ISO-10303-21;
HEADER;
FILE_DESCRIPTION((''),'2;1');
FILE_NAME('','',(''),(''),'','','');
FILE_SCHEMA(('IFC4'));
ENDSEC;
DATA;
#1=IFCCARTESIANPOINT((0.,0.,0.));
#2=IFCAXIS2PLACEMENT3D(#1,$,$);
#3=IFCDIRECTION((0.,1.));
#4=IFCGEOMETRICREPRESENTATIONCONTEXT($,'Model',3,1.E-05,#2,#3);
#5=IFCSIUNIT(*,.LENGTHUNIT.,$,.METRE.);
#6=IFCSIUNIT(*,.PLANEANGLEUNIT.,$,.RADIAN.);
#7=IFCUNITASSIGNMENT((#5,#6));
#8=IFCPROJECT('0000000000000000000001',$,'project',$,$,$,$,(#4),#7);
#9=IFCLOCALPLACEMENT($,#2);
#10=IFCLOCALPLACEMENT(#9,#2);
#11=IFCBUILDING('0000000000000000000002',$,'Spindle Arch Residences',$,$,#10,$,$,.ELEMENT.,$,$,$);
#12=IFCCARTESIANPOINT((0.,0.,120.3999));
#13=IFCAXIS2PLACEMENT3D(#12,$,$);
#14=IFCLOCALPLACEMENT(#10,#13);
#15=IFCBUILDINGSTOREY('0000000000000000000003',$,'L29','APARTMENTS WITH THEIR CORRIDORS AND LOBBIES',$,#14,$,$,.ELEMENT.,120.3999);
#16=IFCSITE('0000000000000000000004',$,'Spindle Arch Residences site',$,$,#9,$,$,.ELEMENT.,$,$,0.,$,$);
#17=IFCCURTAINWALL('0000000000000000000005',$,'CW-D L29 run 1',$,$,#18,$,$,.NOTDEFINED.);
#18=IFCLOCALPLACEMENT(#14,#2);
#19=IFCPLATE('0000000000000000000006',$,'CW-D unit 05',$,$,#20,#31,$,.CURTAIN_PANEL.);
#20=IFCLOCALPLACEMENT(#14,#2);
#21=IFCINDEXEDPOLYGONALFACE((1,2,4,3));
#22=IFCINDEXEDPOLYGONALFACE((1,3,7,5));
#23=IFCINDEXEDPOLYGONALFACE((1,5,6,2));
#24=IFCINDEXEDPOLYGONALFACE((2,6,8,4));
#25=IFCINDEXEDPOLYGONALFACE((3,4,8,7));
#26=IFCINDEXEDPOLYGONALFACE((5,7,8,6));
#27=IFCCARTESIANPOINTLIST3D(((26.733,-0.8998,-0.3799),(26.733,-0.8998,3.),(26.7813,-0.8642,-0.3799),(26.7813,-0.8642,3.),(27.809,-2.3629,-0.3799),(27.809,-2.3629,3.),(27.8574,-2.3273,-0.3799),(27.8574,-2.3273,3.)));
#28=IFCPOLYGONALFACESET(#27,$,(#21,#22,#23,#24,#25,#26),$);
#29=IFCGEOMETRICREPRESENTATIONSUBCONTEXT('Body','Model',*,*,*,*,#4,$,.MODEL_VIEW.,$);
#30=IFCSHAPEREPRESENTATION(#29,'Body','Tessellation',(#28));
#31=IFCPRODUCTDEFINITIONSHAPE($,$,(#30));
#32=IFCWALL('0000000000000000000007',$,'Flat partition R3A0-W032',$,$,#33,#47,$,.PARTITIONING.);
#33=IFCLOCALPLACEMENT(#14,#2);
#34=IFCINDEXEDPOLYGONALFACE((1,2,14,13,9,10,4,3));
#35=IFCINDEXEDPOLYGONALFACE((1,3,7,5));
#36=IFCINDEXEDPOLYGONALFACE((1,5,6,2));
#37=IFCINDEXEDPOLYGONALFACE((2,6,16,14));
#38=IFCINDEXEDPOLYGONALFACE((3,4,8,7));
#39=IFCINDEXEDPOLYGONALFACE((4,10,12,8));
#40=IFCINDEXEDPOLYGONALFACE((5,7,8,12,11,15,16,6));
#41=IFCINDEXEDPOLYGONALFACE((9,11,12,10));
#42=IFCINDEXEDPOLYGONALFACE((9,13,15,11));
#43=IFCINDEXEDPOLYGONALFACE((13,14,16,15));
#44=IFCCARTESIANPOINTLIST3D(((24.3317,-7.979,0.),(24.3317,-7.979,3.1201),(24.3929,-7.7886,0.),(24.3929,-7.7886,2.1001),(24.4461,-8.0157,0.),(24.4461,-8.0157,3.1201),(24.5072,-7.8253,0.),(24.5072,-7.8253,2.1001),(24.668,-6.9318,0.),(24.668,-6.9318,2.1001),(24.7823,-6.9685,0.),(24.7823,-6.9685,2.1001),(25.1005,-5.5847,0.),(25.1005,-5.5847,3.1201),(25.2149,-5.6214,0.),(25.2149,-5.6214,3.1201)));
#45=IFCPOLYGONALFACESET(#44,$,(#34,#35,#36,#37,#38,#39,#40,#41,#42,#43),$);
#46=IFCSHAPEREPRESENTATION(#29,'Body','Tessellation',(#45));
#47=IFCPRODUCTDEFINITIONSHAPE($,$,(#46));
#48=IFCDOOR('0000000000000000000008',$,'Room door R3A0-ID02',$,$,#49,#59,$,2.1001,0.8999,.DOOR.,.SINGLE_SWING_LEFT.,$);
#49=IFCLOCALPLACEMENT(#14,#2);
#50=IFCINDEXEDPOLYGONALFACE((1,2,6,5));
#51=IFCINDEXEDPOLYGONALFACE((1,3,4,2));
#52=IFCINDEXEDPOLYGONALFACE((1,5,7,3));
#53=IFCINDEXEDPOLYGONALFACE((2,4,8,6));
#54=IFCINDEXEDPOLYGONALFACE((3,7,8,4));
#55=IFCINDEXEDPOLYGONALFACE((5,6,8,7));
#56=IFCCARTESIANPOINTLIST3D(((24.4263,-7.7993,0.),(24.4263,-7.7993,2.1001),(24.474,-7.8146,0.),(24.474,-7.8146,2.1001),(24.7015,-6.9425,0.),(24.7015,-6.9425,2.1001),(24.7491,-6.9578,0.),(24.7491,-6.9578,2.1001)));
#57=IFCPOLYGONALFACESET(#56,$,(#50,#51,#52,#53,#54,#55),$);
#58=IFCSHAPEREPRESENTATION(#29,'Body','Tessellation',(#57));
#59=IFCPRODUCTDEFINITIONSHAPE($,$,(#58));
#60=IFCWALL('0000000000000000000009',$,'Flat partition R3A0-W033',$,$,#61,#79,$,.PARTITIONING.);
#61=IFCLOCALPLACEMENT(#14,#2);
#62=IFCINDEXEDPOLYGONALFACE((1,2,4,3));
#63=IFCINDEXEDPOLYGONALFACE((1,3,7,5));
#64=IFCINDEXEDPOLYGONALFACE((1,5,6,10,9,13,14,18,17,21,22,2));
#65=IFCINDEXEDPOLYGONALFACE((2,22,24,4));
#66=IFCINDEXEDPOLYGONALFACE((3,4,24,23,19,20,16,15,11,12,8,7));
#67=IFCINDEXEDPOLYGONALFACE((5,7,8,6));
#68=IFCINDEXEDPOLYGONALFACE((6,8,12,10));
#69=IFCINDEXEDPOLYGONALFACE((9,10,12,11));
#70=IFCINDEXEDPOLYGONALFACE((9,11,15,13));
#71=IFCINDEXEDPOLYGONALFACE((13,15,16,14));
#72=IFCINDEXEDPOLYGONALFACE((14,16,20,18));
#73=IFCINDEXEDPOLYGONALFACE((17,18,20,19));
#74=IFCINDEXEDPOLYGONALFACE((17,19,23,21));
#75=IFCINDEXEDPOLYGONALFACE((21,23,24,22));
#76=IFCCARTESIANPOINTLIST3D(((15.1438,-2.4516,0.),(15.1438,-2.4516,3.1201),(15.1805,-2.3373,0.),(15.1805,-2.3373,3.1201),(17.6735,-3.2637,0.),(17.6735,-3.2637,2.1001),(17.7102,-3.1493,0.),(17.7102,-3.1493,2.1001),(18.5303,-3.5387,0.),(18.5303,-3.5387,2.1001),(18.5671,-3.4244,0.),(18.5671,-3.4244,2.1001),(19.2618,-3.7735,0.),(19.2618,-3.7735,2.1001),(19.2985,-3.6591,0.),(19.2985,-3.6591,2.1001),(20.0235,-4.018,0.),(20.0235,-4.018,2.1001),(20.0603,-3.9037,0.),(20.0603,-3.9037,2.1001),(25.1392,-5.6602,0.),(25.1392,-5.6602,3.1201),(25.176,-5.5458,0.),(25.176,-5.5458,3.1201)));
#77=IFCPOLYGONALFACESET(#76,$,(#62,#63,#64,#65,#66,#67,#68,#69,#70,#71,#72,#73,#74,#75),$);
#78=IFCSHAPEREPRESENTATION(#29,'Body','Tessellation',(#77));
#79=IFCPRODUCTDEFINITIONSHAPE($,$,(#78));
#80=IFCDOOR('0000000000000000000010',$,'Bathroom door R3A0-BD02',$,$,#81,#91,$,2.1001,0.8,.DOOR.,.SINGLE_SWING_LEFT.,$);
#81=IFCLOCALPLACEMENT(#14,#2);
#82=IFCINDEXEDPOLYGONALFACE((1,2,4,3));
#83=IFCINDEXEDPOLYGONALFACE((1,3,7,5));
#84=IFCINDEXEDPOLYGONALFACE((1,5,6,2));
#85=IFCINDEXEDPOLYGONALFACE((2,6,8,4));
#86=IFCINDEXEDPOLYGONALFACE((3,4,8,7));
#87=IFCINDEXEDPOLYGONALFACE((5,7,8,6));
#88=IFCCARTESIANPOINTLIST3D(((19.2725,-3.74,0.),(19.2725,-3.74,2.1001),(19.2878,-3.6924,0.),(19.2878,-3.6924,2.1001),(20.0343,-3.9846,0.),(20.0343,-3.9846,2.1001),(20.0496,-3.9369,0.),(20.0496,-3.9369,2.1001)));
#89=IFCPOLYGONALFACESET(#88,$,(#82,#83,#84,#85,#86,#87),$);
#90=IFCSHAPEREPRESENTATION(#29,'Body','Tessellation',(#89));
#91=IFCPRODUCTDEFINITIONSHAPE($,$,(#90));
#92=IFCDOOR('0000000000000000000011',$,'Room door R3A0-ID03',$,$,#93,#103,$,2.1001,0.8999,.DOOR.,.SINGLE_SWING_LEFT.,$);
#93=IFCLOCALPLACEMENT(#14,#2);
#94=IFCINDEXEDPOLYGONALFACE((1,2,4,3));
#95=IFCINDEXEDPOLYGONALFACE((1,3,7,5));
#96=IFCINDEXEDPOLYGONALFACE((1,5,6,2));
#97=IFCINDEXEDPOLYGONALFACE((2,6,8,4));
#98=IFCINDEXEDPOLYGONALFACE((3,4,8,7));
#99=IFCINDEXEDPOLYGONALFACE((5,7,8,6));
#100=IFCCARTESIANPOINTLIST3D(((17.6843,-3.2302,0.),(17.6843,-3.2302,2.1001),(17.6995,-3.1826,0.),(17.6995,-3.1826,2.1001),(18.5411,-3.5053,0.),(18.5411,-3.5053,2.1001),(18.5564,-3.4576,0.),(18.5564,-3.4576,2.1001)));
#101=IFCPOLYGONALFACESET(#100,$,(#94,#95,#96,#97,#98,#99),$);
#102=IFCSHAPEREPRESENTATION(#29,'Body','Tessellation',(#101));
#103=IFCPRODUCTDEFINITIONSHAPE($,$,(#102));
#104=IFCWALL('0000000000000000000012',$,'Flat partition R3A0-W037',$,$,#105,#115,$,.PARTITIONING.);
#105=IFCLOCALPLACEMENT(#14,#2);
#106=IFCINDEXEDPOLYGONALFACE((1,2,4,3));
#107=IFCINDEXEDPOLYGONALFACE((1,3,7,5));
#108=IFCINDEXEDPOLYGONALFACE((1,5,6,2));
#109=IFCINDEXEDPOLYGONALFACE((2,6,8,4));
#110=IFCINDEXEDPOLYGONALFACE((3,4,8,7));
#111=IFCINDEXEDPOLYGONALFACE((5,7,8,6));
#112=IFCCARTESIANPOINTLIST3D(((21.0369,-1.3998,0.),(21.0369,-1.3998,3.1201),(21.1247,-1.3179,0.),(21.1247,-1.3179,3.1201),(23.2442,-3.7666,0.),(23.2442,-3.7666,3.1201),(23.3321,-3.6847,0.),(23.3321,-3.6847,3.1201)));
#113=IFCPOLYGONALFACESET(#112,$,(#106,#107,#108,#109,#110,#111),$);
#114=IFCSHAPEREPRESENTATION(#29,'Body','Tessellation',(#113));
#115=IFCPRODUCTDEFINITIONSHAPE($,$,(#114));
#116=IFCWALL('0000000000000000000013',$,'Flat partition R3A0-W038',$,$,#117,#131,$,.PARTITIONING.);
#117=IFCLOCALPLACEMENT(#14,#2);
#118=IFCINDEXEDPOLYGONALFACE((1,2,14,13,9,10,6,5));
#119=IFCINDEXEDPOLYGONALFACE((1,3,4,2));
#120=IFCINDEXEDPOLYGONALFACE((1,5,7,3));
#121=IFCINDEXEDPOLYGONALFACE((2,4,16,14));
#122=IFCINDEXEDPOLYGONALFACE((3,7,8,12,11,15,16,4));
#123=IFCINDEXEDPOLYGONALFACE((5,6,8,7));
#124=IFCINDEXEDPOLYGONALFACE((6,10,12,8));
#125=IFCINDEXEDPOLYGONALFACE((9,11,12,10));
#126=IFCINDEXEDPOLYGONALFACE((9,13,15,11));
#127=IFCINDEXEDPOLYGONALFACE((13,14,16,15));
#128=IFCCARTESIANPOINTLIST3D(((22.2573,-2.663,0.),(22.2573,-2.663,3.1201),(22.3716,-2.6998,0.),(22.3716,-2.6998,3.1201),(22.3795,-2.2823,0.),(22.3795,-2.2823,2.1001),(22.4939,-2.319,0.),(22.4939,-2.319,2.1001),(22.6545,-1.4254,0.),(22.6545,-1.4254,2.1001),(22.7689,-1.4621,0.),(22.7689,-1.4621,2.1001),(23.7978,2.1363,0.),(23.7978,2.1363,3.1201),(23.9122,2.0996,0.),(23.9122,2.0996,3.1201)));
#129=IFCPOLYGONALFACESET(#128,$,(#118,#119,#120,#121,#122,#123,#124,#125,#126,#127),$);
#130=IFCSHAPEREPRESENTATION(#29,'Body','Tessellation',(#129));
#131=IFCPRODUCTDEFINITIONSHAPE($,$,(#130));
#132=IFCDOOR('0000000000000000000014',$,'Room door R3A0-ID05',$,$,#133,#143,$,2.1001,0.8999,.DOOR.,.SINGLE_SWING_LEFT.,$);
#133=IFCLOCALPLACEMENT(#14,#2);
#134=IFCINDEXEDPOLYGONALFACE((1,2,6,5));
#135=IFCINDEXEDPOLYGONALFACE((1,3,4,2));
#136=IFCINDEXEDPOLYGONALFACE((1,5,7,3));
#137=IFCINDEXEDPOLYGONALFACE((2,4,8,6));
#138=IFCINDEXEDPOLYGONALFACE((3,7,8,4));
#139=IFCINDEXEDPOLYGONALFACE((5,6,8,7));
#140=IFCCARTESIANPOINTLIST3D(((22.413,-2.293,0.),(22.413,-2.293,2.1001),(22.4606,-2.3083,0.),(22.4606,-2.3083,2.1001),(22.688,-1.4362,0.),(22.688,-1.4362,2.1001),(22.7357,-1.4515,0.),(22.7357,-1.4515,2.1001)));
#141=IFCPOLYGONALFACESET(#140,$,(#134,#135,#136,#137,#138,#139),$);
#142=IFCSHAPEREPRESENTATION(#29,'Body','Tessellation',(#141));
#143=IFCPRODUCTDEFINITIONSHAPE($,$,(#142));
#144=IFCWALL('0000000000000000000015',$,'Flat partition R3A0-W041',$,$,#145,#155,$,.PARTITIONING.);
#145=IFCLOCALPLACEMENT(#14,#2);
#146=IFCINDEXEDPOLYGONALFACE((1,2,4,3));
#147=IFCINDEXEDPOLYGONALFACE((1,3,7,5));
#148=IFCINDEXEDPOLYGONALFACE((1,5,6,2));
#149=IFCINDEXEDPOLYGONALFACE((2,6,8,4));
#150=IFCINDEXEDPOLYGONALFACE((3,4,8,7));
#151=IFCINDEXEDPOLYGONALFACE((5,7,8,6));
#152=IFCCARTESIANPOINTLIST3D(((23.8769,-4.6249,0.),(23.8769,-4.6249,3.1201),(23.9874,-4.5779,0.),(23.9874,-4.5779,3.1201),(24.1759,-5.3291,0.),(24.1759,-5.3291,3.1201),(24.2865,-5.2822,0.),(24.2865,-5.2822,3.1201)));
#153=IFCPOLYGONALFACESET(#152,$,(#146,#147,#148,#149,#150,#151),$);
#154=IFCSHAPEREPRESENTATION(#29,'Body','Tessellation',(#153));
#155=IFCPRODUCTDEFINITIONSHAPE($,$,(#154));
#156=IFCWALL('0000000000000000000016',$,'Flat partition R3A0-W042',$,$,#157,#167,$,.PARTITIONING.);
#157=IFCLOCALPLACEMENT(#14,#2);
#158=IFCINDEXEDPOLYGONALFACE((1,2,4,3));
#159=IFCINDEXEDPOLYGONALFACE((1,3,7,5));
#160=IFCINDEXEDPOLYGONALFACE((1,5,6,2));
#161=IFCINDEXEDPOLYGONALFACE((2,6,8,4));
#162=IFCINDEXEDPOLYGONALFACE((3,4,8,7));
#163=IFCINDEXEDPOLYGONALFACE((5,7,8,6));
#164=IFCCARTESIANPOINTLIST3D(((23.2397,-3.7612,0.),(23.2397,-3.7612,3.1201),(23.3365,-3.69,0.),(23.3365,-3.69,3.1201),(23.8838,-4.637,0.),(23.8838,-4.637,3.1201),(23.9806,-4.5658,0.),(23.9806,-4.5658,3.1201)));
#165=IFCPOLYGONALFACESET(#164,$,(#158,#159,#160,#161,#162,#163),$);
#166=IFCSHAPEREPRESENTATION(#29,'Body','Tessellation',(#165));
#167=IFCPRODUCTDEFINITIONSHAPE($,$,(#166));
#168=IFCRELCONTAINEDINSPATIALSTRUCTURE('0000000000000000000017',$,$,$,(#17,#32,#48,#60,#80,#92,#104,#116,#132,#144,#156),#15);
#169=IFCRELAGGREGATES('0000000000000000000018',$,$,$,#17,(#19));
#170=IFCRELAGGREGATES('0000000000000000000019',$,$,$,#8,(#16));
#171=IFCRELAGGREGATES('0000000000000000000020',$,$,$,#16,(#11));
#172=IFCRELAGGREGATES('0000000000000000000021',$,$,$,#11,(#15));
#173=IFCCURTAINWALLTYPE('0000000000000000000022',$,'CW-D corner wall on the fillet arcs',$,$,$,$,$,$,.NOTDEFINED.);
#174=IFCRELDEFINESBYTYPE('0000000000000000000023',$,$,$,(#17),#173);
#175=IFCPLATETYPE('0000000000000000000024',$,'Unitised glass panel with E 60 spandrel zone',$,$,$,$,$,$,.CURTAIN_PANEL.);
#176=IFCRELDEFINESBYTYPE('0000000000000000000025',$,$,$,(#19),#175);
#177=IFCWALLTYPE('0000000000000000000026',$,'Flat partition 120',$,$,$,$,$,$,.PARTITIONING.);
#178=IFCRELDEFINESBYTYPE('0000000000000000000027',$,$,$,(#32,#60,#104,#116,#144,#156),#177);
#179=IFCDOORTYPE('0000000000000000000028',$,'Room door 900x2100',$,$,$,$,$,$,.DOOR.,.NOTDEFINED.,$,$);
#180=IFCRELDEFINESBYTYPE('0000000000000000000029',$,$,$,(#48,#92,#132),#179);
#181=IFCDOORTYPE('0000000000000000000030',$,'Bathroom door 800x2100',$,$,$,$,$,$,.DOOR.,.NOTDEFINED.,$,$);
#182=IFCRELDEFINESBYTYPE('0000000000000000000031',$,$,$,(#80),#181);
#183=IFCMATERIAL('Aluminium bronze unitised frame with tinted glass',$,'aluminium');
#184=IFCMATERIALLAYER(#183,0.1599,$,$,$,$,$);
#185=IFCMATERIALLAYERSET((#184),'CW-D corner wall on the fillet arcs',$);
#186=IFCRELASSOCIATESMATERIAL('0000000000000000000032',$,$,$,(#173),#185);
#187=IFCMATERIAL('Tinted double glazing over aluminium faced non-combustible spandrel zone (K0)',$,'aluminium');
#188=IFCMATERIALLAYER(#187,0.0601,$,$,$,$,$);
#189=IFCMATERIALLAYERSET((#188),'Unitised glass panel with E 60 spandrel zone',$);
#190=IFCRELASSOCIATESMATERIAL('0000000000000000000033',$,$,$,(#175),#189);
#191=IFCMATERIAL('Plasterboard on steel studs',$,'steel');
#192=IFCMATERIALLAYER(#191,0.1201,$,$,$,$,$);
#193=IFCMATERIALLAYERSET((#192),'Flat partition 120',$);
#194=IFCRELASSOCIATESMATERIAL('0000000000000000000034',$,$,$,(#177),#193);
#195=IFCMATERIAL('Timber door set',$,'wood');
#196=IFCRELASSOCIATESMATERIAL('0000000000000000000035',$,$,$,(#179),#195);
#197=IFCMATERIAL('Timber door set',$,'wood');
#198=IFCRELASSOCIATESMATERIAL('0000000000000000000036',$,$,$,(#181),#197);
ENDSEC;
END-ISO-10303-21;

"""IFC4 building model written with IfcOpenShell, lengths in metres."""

from ifc_helpers import new_model, si_unit, direction, frame, frame_2d, origin, origin_2d, place, context, subcontext, project, spatial, rectangle, extrude, material, layer, layer_set, type_object, element, fill, aggregate, save


model = new_model("IFC4")

# Units and contexts
model_context = context("Model", 3, precision=1e-05, world=origin(), true_north=direction((0.0, 1.0)))
body_context = subcontext(model_context, "Body", "Model", "MODEL_VIEW")
ifc_project = project(units=[si_unit("LENGTHUNIT", "METRE"), si_unit("PLANEANGLEUNIT", "RADIAN")], contexts=[model_context])

# Site, building, storey
site_placement = place(None, origin())
site = spatial("IfcSite", under=ifc_project, at=site_placement, Name="Spindle Arch Residences site", CompositionType="ELEMENT", RefElevation=0.0)
building_placement = place(site_placement, origin())
building = spatial("IfcBuilding", under=site, at=building_placement, Name="Spindle Arch Residences", CompositionType="ELEMENT")
storey_placement = place(building_placement, frame((0.0, 0.0, 120.3999)))
storey = spatial("IfcBuildingStorey", under=building, at=storey_placement, Name="L29", Description="APARTMENTS WITH THEIR CORRIDORS AND LOBBIES", CompositionType="ELEMENT", Elevation=120.3999)

# Curtain wall
ifc_material_1 = material(Name="Aluminium bronze unitised frame with tinted glass", Category="aluminium")
ifc_layer_1 = layer(ifc_material_1, 0.1599)
ifc_layer_set_1 = layer_set([ifc_layer_1], Name="CW-D corner wall on the fillet arcs")
curtain_wall_type = type_object("IfcCurtainWallType", Name="CW-D corner wall on the fillet arcs", PredefinedType="NOTDEFINED", material=ifc_layer_set_1)
curtain_wall_placement = place(storey_placement, origin())
curtain_wall = element("IfcCurtainWall", 1, at=curtain_wall_placement, inside=storey, type_object=curtain_wall_type, Name="CW-D L29 run 1", PredefinedType="NOTDEFINED")

# Plate
ifc_material_2 = material(Name="Tinted double glazing over aluminium faced non-combustible spandrel zone (K0)", Category="aluminium")
ifc_layer_2 = layer(ifc_material_2, 0.0601)
ifc_layer_set_2 = layer_set([ifc_layer_2], Name="Unitised glass panel with E 60 spandrel zone")
plate_type = type_object("IfcPlateType", Name="Unitised glass panel with E 60 spandrel zone", PredefinedType="CURTAIN_PANEL", material=ifc_layer_set_2)
plate_1_placement = place(storey_placement, frame((27.2952, -1.6135, -0.3799), z_axis=(0.0, 0.0, 1.0), x_axis=(-0.592482, 0.805584, 0.0)))
plate_1 = element("IfcPlate", 2, at=plate_1_placement, type_object=plate_type, Name="CW-D unit 05", PredefinedType="CURTAIN_PANEL", context=body_context, shape_type="SweptSolid", body=[
    extrude(rectangle(XDim=1.8162, YDim=0.0601, at=origin_2d()), origin(), (0.0, 0.0, 1.0), 3.3799),
])
aggregate(curtain_wall, [plate_1])

# Wall, opening, door
ifc_material_3 = material(Name="Plasterboard on steel studs", Category="steel")
ifc_layer_3 = layer(ifc_material_3, 0.1201)
ifc_layer_set_3 = layer_set([ifc_layer_3], Name="Flat partition 120")
wall_type_1 = type_object("IfcWallType", Name="Flat partition 120", PredefinedType="PARTITIONING", material=ifc_layer_set_3)
wall_1_placement = place(storey_placement, frame((24.3889, -7.9973, 0.0), z_axis=(0.0, 0.0, 1.0), x_axis=(0.305723, 0.95212, 0.0)))
wall_1 = element("IfcWall", 3, at=wall_1_placement, inside=storey, type_object=wall_type_1, Name="Flat partition R3A0-W032", PredefinedType="PARTITIONING", context=body_context, shape_type="SweptSolid", body=[
    extrude(rectangle(XDim=2.5146, YDim=0.1201, at=frame_2d((1.2573, 0.0))), origin(), (0.0, 0.0, 1.0), 3.1201),
])
opening_1_placement = place(wall_1_placement, frame((0.2, 0.0, 0.0)))
opening_1 = element("IfcOpeningElement", 4, at=opening_1_placement, cuts=wall_1, PredefinedType="OPENING", context=body_context, shape_type="SweptSolid", body=[
    extrude(rectangle(XDim=0.8999, YDim=2.1001, at=frame_2d((0.45, 1.05))), frame((0.0, 0.0701, 0.0), z_axis=(0.0, -1.0, 0.0), x_axis=(1.0, 0.0, 0.0)), (0.0, 0.0, 1.0), 0.1401),
])
ifc_material_4 = material(Name="Timber door set", Category="wood")
door_type_1 = type_object("IfcDoorType", Name="Room door 900x2100", OperationType="NOTDEFINED", PredefinedType="DOOR", material=ifc_material_4)
door_1_placement = place(opening_1_placement, origin())
door_1 = element("IfcDoor", 5, at=door_1_placement, inside=storey, type_object=door_type_1, Name="Room door R3A0-ID02", OperationType="SINGLE_SWING_LEFT", OverallHeight=2.1001, OverallWidth=0.8999, PredefinedType="DOOR", context=body_context, shape_type="SweptSolid", body=[
    extrude(rectangle(XDim=0.8999, YDim=2.1001, at=frame_2d((0.45, 1.05))), frame((0.0, 0.0249, 0.0), z_axis=(0.0, -1.0, 0.0), x_axis=(1.0, 0.0, 0.0)), (0.0, 0.0, 1.0), 0.05),
])
fill(opening_1, door_1)

# Wall, openings, doors
wall_2_placement = place(storey_placement, frame((25.1577, -5.603, 0.0), z_axis=(0.0, 0.0, 1.0), x_axis=(-0.952148, 0.305638, 0.0)))
wall_2 = element("IfcWall", 6, at=wall_2_placement, inside=storey, type_object=wall_type_1, Name="Flat partition R3A0-W033", PredefinedType="PARTITIONING", context=body_context, shape_type="SweptSolid", body=[
    extrude(rectangle(XDim=10.4978, YDim=0.1201, at=frame_2d((5.249, 0.0))), origin(), (0.0, 0.0, 1.0), 3.1201),
])
opening_2_placement = place(wall_2_placement, frame((5.373, 0.0, 0.0)))
opening_2 = element("IfcOpeningElement", 7, at=opening_2_placement, cuts=wall_2, PredefinedType="OPENING", context=body_context, shape_type="SweptSolid", body=[
    extrude(rectangle(XDim=0.8, YDim=2.1001, at=frame_2d((0.3999, 1.05))), frame((0.0, 0.0701, 0.0), z_axis=(0.0, -1.0, 0.0), x_axis=(1.0, 0.0, 0.0)), (0.0, 0.0, 1.0), 0.1401),
])
opening_3_placement = place(wall_2_placement, frame((6.9412, 0.0, 0.0)))
opening_3 = element("IfcOpeningElement", 8, at=opening_3_placement, cuts=wall_2, PredefinedType="OPENING", context=body_context, shape_type="SweptSolid", body=[
    extrude(rectangle(XDim=0.8999, YDim=2.1001, at=frame_2d((0.45, 1.05))), frame((0.0, 0.0701, 0.0), z_axis=(0.0, -1.0, 0.0), x_axis=(1.0, 0.0, 0.0)), (0.0, 0.0, 1.0), 0.1401),
])
ifc_material_5 = material(Name="Timber door set", Category="wood")
door_type_2 = type_object("IfcDoorType", Name="Bathroom door 800x2100", OperationType="NOTDEFINED", PredefinedType="DOOR", material=ifc_material_5)
door_2_placement = place(opening_2_placement, origin())
door_2 = element("IfcDoor", 9, at=door_2_placement, inside=storey, type_object=door_type_2, Name="Bathroom door R3A0-BD02", OperationType="SINGLE_SWING_LEFT", OverallHeight=2.1001, OverallWidth=0.8, PredefinedType="DOOR", context=body_context, shape_type="SweptSolid", body=[
    extrude(rectangle(XDim=0.8, YDim=2.1001, at=frame_2d((0.3999, 1.05))), frame((0.0, 0.0249, 0.0), z_axis=(0.0, -1.0, 0.0), x_axis=(1.0, 0.0, 0.0)), (0.0, 0.0, 1.0), 0.05),
])
fill(opening_2, door_2)
door_3_placement = place(opening_3_placement, origin())
door_3 = element("IfcDoor", 10, at=door_3_placement, inside=storey, type_object=door_type_1, Name="Room door R3A0-ID03", OperationType="SINGLE_SWING_LEFT", OverallHeight=2.1001, OverallWidth=0.8999, PredefinedType="DOOR", context=body_context, shape_type="SweptSolid", body=[
    extrude(rectangle(XDim=0.8999, YDim=2.1001, at=frame_2d((0.45, 1.05))), frame((0.0, 0.0249, 0.0), z_axis=(0.0, -1.0, 0.0), x_axis=(1.0, 0.0, 0.0)), (0.0, 0.0, 1.0), 0.05),
])
fill(opening_3, door_3)

# Wall
wall_3_placement = place(storey_placement, frame((21.0808, -1.3589, 0.0), z_axis=(0.0, 0.0, 1.0), x_axis=(0.682047, -0.731309, 0.0)))
element("IfcWall", 11, at=wall_3_placement, inside=storey, type_object=wall_type_1, Name="Flat partition R3A0-W037", PredefinedType="PARTITIONING", context=body_context, shape_type="SweptSolid", body=[
    extrude(rectangle(XDim=3.2363, YDim=0.1201, at=frame_2d((1.6182, 0.0))), origin(), (0.0, 0.0, 1.0), 3.1201),
])

# Wall, opening, door
wall_4_placement = place(storey_placement, frame((22.3145, -2.6814, 0.0), z_axis=(0.0, 0.0, 1.0), x_axis=(0.30563, 0.95215, 0.0)))
wall_4 = element("IfcWall", 12, at=wall_4_placement, inside=storey, type_object=wall_type_1, Name="Flat partition R3A0-W038", PredefinedType="PARTITIONING", context=body_context, shape_type="SweptSolid", body=[
    extrude(rectangle(XDim=5.0405, YDim=0.1201, at=frame_2d((2.5203, 0.0))), origin(), (0.0, 0.0, 1.0), 3.1201),
])
opening_4_placement = place(wall_4_placement, frame((0.3999, 0.0, 0.0)))
opening_4 = element("IfcOpeningElement", 13, at=opening_4_placement, cuts=wall_4, PredefinedType="OPENING", context=body_context, shape_type="SweptSolid", body=[
    extrude(rectangle(XDim=0.8999, YDim=2.1001, at=frame_2d((0.45, 1.05))), frame((0.0, 0.0701, 0.0), z_axis=(0.0, -1.0, 0.0), x_axis=(1.0, 0.0, 0.0)), (0.0, 0.0, 1.0), 0.1401),
])
door_4_placement = place(opening_4_placement, origin())
door_4 = element("IfcDoor", 14, at=door_4_placement, inside=storey, type_object=door_type_1, Name="Room door R3A0-ID05", OperationType="SINGLE_SWING_LEFT", OverallHeight=2.1001, OverallWidth=0.8999, PredefinedType="DOOR", context=body_context, shape_type="SweptSolid", body=[
    extrude(rectangle(XDim=0.8999, YDim=2.1001, at=frame_2d((0.45, 1.05))), frame((0.0, 0.0249, 0.0), z_axis=(0.0, -1.0, 0.0), x_axis=(1.0, 0.0, 0.0)), (0.0, 0.0, 1.0), 0.05),
])
fill(opening_4, door_4)

# Walls
wall_5_placement = place(storey_placement, frame((24.2312, -5.3057, 0.0), z_axis=(0.0, 0.0, 1.0), x_axis=(-0.390837, 0.92046, 0.0)))
element("IfcWall", 15, at=wall_5_placement, inside=storey, type_object=wall_type_1, Name="Flat partition R3A0-W041", PredefinedType="PARTITIONING", context=body_context, shape_type="SweptSolid", body=[
    extrude(rectangle(XDim=0.7651, YDim=0.1201, at=frame_2d((0.3826, 0.0))), origin(), (0.0, 0.0, 1.0), 3.1201),
])
wall_6_placement = place(storey_placement, frame((23.9321, -4.6013, 0.0), z_axis=(0.0, 0.0, 1.0), x_axis=(-0.592463, 0.805597, 0.0)))
element("IfcWall", 16, at=wall_6_placement, inside=storey, type_object=wall_type_1, Name="Flat partition R3A0-W042", PredefinedType="PARTITIONING", context=body_context, shape_type="SweptSolid", body=[
    extrude(rectangle(XDim=1.0872, YDim=0.1201, at=frame_2d((0.5435, 0.0))), origin(), (0.0, 0.0, 1.0), 3.1201),
])

save(model, "model.ifc")
